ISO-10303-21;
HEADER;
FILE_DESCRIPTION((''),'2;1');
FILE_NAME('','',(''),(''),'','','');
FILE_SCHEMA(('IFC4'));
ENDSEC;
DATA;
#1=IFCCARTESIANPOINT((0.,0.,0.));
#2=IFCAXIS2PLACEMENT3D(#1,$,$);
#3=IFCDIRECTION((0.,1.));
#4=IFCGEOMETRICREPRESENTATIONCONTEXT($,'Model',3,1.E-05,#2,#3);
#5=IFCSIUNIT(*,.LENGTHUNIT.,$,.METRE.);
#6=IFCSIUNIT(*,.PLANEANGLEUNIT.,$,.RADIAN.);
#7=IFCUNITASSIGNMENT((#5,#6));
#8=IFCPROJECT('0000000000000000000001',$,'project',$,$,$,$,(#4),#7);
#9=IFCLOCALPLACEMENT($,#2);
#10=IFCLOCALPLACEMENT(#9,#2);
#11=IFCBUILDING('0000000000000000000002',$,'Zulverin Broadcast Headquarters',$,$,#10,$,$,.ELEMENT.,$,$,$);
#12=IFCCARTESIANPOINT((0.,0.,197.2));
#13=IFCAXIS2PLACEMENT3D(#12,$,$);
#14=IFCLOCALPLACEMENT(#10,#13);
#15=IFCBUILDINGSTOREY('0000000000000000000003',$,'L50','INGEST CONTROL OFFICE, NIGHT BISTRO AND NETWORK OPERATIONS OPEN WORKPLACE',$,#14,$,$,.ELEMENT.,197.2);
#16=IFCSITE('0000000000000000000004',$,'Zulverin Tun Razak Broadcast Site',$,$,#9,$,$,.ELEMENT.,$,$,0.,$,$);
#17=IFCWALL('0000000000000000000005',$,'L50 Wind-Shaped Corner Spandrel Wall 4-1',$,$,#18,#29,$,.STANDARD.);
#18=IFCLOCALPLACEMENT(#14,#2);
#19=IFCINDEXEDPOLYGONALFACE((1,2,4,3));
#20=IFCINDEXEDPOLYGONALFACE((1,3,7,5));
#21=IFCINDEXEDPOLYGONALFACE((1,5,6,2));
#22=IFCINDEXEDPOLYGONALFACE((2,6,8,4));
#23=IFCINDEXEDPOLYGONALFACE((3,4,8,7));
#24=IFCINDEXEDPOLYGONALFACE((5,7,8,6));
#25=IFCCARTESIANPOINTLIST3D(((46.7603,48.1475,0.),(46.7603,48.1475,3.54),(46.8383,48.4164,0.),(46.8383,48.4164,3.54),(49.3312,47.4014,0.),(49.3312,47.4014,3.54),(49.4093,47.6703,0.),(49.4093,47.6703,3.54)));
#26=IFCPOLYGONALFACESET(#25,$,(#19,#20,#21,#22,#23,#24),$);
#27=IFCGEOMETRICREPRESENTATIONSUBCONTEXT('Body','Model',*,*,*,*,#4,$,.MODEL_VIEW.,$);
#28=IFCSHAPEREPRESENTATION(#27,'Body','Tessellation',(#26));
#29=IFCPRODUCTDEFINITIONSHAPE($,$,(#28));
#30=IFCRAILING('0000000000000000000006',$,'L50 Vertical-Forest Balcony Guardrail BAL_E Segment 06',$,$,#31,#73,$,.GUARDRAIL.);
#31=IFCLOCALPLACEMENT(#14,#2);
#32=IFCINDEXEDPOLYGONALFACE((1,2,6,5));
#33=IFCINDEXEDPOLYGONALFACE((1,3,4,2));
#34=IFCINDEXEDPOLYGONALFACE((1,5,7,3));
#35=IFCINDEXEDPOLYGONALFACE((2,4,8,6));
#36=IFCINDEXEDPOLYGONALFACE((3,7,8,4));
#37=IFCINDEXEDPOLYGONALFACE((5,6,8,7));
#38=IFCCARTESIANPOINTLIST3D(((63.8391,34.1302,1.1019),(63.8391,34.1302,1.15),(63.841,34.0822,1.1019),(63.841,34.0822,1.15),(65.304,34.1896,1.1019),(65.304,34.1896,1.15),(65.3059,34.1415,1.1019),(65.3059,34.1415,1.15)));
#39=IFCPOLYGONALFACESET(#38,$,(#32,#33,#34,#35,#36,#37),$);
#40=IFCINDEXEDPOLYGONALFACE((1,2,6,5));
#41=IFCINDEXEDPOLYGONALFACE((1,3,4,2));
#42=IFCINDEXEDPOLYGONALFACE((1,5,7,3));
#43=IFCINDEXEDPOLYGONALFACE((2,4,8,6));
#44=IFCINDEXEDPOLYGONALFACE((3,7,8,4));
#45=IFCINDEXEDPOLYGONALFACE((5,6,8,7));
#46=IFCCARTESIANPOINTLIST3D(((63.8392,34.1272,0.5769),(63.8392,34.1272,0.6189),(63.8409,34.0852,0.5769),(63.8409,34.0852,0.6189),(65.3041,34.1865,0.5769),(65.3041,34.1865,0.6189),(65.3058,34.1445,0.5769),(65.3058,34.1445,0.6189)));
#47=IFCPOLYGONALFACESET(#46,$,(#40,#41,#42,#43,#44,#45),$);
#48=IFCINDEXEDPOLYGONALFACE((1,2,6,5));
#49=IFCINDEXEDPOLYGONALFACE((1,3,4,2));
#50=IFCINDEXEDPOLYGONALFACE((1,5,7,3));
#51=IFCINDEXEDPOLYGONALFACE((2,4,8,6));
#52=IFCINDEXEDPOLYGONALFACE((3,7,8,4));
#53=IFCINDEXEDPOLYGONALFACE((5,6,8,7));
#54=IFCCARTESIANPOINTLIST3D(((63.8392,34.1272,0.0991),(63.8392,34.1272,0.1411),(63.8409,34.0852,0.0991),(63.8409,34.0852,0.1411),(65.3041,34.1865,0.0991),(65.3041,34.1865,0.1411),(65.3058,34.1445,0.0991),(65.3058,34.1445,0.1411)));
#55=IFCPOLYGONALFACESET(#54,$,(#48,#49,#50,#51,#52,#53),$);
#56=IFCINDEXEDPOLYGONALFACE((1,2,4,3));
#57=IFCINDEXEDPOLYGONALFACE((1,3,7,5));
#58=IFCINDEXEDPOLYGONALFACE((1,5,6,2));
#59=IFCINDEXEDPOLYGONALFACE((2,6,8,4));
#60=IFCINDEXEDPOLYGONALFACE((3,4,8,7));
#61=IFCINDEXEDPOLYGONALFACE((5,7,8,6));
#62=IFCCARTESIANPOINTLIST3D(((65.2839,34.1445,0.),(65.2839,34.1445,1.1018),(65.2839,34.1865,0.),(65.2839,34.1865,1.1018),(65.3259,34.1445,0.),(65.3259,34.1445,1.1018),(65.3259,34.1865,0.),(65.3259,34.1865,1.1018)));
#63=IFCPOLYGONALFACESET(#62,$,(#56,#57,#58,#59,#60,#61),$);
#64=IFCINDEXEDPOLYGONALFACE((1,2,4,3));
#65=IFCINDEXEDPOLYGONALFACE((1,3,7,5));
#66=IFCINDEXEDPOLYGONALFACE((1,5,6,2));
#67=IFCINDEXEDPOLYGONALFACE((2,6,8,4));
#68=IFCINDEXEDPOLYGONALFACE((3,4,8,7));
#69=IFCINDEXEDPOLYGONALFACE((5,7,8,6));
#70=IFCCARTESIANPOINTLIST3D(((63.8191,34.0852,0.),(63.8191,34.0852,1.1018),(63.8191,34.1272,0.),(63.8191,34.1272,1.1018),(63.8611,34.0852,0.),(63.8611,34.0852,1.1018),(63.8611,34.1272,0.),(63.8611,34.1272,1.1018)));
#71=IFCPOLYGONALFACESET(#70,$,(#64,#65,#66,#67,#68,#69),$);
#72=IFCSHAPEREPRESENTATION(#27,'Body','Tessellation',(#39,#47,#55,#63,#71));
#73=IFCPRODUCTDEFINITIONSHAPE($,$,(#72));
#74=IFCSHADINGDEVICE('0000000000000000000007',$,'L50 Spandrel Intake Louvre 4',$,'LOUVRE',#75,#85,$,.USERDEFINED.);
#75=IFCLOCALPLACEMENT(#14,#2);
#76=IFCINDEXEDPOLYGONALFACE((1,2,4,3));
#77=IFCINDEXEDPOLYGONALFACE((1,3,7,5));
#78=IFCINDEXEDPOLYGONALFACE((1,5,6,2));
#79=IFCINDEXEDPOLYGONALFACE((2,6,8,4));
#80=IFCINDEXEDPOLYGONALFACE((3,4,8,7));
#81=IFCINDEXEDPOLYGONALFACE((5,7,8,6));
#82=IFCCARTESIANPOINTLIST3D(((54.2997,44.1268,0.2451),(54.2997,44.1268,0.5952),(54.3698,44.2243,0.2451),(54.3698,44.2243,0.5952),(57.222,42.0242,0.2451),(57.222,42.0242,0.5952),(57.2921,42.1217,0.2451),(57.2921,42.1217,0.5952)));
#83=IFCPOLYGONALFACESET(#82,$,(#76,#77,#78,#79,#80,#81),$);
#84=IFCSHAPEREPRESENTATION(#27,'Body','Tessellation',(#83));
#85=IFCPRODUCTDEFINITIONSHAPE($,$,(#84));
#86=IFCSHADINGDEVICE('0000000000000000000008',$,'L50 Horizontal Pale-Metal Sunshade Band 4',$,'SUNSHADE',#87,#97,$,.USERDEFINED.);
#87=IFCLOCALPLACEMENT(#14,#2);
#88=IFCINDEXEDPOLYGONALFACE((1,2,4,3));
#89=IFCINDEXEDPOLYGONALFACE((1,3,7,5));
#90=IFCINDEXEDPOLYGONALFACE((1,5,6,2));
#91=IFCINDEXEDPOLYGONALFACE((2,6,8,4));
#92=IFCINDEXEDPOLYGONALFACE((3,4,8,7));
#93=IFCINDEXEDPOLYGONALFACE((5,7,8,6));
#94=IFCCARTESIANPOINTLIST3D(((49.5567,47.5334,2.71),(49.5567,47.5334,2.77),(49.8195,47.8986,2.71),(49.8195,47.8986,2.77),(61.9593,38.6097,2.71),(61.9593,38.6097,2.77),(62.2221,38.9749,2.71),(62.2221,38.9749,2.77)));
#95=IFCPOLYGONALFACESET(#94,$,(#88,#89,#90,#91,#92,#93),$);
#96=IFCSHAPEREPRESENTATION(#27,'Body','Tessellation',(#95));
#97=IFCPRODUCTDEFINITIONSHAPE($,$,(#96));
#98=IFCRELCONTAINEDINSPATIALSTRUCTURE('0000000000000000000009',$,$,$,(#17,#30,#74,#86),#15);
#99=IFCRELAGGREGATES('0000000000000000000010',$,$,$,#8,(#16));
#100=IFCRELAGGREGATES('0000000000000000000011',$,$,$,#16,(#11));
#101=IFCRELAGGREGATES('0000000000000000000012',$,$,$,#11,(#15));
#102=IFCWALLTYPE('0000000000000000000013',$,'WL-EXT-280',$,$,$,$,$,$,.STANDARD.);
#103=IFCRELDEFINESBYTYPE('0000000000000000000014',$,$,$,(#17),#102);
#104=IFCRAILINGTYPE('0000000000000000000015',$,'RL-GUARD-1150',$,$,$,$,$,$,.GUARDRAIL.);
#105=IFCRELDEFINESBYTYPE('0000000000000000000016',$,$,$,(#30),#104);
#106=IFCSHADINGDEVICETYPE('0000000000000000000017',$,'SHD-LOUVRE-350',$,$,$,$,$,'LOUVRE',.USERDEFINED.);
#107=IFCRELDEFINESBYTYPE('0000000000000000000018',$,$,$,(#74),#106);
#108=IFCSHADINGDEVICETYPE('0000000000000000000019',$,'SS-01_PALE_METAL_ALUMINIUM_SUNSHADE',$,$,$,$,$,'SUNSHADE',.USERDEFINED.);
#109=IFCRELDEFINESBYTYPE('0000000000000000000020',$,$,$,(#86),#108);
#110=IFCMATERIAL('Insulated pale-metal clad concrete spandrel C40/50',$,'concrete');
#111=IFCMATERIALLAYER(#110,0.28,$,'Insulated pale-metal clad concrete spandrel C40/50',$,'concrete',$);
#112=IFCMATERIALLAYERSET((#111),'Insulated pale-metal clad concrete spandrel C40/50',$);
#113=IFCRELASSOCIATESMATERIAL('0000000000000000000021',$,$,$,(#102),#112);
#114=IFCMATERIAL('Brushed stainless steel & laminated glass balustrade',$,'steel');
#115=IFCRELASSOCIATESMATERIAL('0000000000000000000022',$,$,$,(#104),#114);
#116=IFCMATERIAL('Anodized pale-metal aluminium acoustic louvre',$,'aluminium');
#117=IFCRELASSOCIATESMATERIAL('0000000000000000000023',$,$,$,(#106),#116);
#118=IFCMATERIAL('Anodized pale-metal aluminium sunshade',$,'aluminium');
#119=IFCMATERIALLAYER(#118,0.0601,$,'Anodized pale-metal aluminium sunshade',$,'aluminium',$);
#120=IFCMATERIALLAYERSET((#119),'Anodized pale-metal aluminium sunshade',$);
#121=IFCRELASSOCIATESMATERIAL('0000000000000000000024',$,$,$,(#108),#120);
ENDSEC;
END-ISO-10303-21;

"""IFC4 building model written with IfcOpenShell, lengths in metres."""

from ifc_helpers import new_model, si_unit, direction, frame, frame_2d, origin, origin_2d, place, context, subcontext, project, spatial, rectangle, extrude, material, layer, layer_set, type_object, element, save


model = new_model("IFC4")

# Units and contexts
model_context = context("Model", 3, precision=1e-05, world=origin(), true_north=direction((0.0, 1.0)))
body_context = subcontext(model_context, "Body", "Model", "MODEL_VIEW")
ifc_project = project(units=[si_unit("LENGTHUNIT", "METRE"), si_unit("PLANEANGLEUNIT", "RADIAN")], contexts=[model_context])

# Site, building, storey
site_placement = place(None, origin())
site = spatial("IfcSite", under=ifc_project, at=site_placement, Name="Zulverin Tun Razak Broadcast Site", CompositionType="ELEMENT", RefElevation=0.0)
building_placement = place(site_placement, origin())
building = spatial("IfcBuilding", under=site, at=building_placement, Name="Zulverin Broadcast Headquarters", CompositionType="ELEMENT")
storey_placement = place(building_placement, frame((0.0, 0.0, 197.2)))
storey = spatial("IfcBuildingStorey", under=building, at=storey_placement, Name="L50", Description="INGEST CONTROL OFFICE, NIGHT BISTRO AND NETWORK OPERATIONS OPEN WORKPLACE", CompositionType="ELEMENT", Elevation=197.2)

# Shared definitions
ifc_material_1 = material(Name="Insulated pale-metal clad concrete spandrel C40/50", Category="concrete")
ifc_layer_1 = layer(ifc_material_1, 0.28, Name="Insulated pale-metal clad concrete spandrel C40/50", Category="concrete")
ifc_layer_set_1 = layer_set([ifc_layer_1], Name="Insulated pale-metal clad concrete spandrel C40/50")
wall_type = type_object("IfcWallType", Name="WL-EXT-280", PredefinedType="STANDARD", material=ifc_layer_set_1)

# Wall
wall_1_placement = place(storey_placement, frame((49.3701, 47.5359, 0.0), z_axis=(0.0, 0.0, 1.0), x_axis=(-0.96038, 0.278694, 0.0)))
element("IfcWall", 1, at=wall_1_placement, inside=storey, type_object=wall_type, Name="L50 Wind-Shaped Corner Spandrel Wall 4-1", PredefinedType="STANDARD", context=body_context, shape_type="SweptSolid", body=[
    extrude(rectangle(XDim=2.677, YDim=0.28, at=frame_2d((1.3384, 0.0))), origin(), (0.0, 0.0, 1.0), 3.54),
])

# Railing
ifc_material_2 = material(Name="Brushed stainless steel & laminated glass balustrade", Category="steel")
railing_type = type_object("IfcRailingType", Name="RL-GUARD-1150", PredefinedType="GUARDRAIL", material=ifc_material_2)
railing_placement = place(storey_placement, frame((65.3049, 34.1655, 0.0)))
element("IfcRailing", 2, at=railing_placement, inside=storey, type_object=railing_type, Name="L50 Vertical-Forest Balcony Guardrail BAL_E Segment 06", PredefinedType="GUARDRAIL", context=body_context, shape_type="SweptSolid", body=[
    extrude(rectangle(XDim=0.0481, YDim=0.0481, at=origin_2d()), frame((0.0, 0.0, 1.126), z_axis=(-0.999181, -0.040467, 0.0), x_axis=(0.040467, -0.999181, 0.0)), (0.0, 0.0, 1.0), 1.4661),
    extrude(rectangle(XDim=0.042, YDim=0.042, at=origin_2d()), frame((0.0, 0.0, 0.5979), z_axis=(-0.999181, -0.040467, 0.0), x_axis=(0.040467, -0.999181, 0.0)), (0.0, 0.0, 1.0), 1.4661),
    extrude(rectangle(XDim=0.042, YDim=0.042, at=origin_2d()), frame((0.0, 0.0, 0.1201), z_axis=(-0.999181, -0.040467, 0.0), x_axis=(0.040467, -0.999181, 0.0)), (0.0, 0.0, 1.0), 1.4661),
    extrude(rectangle(XDim=0.042, YDim=0.042, at=origin_2d()), origin(), (0.0, 0.0, 1.0), 1.1018),
    extrude(rectangle(XDim=0.042, YDim=0.042, at=origin_2d()), frame((-1.4648, -0.0593, 0.0)), (0.0, 0.0, 1.0), 1.1018),
])

# Shading devices
ifc_material_3 = material(Name="Anodized pale-metal aluminium acoustic louvre", Category="aluminium")
shading_device_type_1 = type_object("IfcShadingDeviceType", Name="SHD-LOUVRE-350", ElementType="LOUVRE", PredefinedType="USERDEFINED", material=ifc_material_3)
shading_device_1_placement = place(storey_placement, frame((55.7959, 43.1243, 0.2451), z_axis=(0.0, 0.0, 1.0), x_axis=(-0.811724, 0.584041, 0.0)))
element("IfcShadingDevice", 3, at=shading_device_1_placement, inside=storey, type_object=shading_device_type_1, Name="L50 Spandrel Intake Louvre 4", ObjectType="LOUVRE", PredefinedType="USERDEFINED", context=body_context, shape_type="SweptSolid", body=[
    extrude(rectangle(XDim=3.6001, YDim=0.1201, at=origin_2d()), origin(), (0.0, 0.0, 1.0), 0.3501),
])
ifc_material_4 = material(Name="Anodized pale-metal aluminium sunshade", Category="aluminium")
ifc_layer_2 = layer(ifc_material_4, 0.0601, Name="Anodized pale-metal aluminium sunshade", Category="aluminium")
ifc_layer_set_2 = layer_set([ifc_layer_2], Name="Anodized pale-metal aluminium sunshade")
shading_device_type_2 = type_object("IfcShadingDeviceType", Name="SS-01_PALE_METAL_ALUMINIUM_SUNSHADE", ElementType="SUNSHADE", PredefinedType="USERDEFINED", material=ifc_layer_set_2)
shading_device_2_placement = place(storey_placement, frame((55.8894, 43.2542, 2.71), z_axis=(0.0, 0.0, 1.0), x_axis=(-0.811724, 0.584041, 0.0)))
element("IfcShadingDevice", 4, at=shading_device_2_placement, inside=storey, type_object=shading_device_type_2, Name="L50 Horizontal Pale-Metal Sunshade Band 4", ObjectType="SUNSHADE", PredefinedType="USERDEFINED", context=body_context, shape_type="SweptSolid", body=[
    extrude(rectangle(XDim=15.2793, YDim=0.45, at=origin_2d()), origin(), (0.0, 0.0, 1.0), 0.0601),
])

save(model, "model.ifc")
